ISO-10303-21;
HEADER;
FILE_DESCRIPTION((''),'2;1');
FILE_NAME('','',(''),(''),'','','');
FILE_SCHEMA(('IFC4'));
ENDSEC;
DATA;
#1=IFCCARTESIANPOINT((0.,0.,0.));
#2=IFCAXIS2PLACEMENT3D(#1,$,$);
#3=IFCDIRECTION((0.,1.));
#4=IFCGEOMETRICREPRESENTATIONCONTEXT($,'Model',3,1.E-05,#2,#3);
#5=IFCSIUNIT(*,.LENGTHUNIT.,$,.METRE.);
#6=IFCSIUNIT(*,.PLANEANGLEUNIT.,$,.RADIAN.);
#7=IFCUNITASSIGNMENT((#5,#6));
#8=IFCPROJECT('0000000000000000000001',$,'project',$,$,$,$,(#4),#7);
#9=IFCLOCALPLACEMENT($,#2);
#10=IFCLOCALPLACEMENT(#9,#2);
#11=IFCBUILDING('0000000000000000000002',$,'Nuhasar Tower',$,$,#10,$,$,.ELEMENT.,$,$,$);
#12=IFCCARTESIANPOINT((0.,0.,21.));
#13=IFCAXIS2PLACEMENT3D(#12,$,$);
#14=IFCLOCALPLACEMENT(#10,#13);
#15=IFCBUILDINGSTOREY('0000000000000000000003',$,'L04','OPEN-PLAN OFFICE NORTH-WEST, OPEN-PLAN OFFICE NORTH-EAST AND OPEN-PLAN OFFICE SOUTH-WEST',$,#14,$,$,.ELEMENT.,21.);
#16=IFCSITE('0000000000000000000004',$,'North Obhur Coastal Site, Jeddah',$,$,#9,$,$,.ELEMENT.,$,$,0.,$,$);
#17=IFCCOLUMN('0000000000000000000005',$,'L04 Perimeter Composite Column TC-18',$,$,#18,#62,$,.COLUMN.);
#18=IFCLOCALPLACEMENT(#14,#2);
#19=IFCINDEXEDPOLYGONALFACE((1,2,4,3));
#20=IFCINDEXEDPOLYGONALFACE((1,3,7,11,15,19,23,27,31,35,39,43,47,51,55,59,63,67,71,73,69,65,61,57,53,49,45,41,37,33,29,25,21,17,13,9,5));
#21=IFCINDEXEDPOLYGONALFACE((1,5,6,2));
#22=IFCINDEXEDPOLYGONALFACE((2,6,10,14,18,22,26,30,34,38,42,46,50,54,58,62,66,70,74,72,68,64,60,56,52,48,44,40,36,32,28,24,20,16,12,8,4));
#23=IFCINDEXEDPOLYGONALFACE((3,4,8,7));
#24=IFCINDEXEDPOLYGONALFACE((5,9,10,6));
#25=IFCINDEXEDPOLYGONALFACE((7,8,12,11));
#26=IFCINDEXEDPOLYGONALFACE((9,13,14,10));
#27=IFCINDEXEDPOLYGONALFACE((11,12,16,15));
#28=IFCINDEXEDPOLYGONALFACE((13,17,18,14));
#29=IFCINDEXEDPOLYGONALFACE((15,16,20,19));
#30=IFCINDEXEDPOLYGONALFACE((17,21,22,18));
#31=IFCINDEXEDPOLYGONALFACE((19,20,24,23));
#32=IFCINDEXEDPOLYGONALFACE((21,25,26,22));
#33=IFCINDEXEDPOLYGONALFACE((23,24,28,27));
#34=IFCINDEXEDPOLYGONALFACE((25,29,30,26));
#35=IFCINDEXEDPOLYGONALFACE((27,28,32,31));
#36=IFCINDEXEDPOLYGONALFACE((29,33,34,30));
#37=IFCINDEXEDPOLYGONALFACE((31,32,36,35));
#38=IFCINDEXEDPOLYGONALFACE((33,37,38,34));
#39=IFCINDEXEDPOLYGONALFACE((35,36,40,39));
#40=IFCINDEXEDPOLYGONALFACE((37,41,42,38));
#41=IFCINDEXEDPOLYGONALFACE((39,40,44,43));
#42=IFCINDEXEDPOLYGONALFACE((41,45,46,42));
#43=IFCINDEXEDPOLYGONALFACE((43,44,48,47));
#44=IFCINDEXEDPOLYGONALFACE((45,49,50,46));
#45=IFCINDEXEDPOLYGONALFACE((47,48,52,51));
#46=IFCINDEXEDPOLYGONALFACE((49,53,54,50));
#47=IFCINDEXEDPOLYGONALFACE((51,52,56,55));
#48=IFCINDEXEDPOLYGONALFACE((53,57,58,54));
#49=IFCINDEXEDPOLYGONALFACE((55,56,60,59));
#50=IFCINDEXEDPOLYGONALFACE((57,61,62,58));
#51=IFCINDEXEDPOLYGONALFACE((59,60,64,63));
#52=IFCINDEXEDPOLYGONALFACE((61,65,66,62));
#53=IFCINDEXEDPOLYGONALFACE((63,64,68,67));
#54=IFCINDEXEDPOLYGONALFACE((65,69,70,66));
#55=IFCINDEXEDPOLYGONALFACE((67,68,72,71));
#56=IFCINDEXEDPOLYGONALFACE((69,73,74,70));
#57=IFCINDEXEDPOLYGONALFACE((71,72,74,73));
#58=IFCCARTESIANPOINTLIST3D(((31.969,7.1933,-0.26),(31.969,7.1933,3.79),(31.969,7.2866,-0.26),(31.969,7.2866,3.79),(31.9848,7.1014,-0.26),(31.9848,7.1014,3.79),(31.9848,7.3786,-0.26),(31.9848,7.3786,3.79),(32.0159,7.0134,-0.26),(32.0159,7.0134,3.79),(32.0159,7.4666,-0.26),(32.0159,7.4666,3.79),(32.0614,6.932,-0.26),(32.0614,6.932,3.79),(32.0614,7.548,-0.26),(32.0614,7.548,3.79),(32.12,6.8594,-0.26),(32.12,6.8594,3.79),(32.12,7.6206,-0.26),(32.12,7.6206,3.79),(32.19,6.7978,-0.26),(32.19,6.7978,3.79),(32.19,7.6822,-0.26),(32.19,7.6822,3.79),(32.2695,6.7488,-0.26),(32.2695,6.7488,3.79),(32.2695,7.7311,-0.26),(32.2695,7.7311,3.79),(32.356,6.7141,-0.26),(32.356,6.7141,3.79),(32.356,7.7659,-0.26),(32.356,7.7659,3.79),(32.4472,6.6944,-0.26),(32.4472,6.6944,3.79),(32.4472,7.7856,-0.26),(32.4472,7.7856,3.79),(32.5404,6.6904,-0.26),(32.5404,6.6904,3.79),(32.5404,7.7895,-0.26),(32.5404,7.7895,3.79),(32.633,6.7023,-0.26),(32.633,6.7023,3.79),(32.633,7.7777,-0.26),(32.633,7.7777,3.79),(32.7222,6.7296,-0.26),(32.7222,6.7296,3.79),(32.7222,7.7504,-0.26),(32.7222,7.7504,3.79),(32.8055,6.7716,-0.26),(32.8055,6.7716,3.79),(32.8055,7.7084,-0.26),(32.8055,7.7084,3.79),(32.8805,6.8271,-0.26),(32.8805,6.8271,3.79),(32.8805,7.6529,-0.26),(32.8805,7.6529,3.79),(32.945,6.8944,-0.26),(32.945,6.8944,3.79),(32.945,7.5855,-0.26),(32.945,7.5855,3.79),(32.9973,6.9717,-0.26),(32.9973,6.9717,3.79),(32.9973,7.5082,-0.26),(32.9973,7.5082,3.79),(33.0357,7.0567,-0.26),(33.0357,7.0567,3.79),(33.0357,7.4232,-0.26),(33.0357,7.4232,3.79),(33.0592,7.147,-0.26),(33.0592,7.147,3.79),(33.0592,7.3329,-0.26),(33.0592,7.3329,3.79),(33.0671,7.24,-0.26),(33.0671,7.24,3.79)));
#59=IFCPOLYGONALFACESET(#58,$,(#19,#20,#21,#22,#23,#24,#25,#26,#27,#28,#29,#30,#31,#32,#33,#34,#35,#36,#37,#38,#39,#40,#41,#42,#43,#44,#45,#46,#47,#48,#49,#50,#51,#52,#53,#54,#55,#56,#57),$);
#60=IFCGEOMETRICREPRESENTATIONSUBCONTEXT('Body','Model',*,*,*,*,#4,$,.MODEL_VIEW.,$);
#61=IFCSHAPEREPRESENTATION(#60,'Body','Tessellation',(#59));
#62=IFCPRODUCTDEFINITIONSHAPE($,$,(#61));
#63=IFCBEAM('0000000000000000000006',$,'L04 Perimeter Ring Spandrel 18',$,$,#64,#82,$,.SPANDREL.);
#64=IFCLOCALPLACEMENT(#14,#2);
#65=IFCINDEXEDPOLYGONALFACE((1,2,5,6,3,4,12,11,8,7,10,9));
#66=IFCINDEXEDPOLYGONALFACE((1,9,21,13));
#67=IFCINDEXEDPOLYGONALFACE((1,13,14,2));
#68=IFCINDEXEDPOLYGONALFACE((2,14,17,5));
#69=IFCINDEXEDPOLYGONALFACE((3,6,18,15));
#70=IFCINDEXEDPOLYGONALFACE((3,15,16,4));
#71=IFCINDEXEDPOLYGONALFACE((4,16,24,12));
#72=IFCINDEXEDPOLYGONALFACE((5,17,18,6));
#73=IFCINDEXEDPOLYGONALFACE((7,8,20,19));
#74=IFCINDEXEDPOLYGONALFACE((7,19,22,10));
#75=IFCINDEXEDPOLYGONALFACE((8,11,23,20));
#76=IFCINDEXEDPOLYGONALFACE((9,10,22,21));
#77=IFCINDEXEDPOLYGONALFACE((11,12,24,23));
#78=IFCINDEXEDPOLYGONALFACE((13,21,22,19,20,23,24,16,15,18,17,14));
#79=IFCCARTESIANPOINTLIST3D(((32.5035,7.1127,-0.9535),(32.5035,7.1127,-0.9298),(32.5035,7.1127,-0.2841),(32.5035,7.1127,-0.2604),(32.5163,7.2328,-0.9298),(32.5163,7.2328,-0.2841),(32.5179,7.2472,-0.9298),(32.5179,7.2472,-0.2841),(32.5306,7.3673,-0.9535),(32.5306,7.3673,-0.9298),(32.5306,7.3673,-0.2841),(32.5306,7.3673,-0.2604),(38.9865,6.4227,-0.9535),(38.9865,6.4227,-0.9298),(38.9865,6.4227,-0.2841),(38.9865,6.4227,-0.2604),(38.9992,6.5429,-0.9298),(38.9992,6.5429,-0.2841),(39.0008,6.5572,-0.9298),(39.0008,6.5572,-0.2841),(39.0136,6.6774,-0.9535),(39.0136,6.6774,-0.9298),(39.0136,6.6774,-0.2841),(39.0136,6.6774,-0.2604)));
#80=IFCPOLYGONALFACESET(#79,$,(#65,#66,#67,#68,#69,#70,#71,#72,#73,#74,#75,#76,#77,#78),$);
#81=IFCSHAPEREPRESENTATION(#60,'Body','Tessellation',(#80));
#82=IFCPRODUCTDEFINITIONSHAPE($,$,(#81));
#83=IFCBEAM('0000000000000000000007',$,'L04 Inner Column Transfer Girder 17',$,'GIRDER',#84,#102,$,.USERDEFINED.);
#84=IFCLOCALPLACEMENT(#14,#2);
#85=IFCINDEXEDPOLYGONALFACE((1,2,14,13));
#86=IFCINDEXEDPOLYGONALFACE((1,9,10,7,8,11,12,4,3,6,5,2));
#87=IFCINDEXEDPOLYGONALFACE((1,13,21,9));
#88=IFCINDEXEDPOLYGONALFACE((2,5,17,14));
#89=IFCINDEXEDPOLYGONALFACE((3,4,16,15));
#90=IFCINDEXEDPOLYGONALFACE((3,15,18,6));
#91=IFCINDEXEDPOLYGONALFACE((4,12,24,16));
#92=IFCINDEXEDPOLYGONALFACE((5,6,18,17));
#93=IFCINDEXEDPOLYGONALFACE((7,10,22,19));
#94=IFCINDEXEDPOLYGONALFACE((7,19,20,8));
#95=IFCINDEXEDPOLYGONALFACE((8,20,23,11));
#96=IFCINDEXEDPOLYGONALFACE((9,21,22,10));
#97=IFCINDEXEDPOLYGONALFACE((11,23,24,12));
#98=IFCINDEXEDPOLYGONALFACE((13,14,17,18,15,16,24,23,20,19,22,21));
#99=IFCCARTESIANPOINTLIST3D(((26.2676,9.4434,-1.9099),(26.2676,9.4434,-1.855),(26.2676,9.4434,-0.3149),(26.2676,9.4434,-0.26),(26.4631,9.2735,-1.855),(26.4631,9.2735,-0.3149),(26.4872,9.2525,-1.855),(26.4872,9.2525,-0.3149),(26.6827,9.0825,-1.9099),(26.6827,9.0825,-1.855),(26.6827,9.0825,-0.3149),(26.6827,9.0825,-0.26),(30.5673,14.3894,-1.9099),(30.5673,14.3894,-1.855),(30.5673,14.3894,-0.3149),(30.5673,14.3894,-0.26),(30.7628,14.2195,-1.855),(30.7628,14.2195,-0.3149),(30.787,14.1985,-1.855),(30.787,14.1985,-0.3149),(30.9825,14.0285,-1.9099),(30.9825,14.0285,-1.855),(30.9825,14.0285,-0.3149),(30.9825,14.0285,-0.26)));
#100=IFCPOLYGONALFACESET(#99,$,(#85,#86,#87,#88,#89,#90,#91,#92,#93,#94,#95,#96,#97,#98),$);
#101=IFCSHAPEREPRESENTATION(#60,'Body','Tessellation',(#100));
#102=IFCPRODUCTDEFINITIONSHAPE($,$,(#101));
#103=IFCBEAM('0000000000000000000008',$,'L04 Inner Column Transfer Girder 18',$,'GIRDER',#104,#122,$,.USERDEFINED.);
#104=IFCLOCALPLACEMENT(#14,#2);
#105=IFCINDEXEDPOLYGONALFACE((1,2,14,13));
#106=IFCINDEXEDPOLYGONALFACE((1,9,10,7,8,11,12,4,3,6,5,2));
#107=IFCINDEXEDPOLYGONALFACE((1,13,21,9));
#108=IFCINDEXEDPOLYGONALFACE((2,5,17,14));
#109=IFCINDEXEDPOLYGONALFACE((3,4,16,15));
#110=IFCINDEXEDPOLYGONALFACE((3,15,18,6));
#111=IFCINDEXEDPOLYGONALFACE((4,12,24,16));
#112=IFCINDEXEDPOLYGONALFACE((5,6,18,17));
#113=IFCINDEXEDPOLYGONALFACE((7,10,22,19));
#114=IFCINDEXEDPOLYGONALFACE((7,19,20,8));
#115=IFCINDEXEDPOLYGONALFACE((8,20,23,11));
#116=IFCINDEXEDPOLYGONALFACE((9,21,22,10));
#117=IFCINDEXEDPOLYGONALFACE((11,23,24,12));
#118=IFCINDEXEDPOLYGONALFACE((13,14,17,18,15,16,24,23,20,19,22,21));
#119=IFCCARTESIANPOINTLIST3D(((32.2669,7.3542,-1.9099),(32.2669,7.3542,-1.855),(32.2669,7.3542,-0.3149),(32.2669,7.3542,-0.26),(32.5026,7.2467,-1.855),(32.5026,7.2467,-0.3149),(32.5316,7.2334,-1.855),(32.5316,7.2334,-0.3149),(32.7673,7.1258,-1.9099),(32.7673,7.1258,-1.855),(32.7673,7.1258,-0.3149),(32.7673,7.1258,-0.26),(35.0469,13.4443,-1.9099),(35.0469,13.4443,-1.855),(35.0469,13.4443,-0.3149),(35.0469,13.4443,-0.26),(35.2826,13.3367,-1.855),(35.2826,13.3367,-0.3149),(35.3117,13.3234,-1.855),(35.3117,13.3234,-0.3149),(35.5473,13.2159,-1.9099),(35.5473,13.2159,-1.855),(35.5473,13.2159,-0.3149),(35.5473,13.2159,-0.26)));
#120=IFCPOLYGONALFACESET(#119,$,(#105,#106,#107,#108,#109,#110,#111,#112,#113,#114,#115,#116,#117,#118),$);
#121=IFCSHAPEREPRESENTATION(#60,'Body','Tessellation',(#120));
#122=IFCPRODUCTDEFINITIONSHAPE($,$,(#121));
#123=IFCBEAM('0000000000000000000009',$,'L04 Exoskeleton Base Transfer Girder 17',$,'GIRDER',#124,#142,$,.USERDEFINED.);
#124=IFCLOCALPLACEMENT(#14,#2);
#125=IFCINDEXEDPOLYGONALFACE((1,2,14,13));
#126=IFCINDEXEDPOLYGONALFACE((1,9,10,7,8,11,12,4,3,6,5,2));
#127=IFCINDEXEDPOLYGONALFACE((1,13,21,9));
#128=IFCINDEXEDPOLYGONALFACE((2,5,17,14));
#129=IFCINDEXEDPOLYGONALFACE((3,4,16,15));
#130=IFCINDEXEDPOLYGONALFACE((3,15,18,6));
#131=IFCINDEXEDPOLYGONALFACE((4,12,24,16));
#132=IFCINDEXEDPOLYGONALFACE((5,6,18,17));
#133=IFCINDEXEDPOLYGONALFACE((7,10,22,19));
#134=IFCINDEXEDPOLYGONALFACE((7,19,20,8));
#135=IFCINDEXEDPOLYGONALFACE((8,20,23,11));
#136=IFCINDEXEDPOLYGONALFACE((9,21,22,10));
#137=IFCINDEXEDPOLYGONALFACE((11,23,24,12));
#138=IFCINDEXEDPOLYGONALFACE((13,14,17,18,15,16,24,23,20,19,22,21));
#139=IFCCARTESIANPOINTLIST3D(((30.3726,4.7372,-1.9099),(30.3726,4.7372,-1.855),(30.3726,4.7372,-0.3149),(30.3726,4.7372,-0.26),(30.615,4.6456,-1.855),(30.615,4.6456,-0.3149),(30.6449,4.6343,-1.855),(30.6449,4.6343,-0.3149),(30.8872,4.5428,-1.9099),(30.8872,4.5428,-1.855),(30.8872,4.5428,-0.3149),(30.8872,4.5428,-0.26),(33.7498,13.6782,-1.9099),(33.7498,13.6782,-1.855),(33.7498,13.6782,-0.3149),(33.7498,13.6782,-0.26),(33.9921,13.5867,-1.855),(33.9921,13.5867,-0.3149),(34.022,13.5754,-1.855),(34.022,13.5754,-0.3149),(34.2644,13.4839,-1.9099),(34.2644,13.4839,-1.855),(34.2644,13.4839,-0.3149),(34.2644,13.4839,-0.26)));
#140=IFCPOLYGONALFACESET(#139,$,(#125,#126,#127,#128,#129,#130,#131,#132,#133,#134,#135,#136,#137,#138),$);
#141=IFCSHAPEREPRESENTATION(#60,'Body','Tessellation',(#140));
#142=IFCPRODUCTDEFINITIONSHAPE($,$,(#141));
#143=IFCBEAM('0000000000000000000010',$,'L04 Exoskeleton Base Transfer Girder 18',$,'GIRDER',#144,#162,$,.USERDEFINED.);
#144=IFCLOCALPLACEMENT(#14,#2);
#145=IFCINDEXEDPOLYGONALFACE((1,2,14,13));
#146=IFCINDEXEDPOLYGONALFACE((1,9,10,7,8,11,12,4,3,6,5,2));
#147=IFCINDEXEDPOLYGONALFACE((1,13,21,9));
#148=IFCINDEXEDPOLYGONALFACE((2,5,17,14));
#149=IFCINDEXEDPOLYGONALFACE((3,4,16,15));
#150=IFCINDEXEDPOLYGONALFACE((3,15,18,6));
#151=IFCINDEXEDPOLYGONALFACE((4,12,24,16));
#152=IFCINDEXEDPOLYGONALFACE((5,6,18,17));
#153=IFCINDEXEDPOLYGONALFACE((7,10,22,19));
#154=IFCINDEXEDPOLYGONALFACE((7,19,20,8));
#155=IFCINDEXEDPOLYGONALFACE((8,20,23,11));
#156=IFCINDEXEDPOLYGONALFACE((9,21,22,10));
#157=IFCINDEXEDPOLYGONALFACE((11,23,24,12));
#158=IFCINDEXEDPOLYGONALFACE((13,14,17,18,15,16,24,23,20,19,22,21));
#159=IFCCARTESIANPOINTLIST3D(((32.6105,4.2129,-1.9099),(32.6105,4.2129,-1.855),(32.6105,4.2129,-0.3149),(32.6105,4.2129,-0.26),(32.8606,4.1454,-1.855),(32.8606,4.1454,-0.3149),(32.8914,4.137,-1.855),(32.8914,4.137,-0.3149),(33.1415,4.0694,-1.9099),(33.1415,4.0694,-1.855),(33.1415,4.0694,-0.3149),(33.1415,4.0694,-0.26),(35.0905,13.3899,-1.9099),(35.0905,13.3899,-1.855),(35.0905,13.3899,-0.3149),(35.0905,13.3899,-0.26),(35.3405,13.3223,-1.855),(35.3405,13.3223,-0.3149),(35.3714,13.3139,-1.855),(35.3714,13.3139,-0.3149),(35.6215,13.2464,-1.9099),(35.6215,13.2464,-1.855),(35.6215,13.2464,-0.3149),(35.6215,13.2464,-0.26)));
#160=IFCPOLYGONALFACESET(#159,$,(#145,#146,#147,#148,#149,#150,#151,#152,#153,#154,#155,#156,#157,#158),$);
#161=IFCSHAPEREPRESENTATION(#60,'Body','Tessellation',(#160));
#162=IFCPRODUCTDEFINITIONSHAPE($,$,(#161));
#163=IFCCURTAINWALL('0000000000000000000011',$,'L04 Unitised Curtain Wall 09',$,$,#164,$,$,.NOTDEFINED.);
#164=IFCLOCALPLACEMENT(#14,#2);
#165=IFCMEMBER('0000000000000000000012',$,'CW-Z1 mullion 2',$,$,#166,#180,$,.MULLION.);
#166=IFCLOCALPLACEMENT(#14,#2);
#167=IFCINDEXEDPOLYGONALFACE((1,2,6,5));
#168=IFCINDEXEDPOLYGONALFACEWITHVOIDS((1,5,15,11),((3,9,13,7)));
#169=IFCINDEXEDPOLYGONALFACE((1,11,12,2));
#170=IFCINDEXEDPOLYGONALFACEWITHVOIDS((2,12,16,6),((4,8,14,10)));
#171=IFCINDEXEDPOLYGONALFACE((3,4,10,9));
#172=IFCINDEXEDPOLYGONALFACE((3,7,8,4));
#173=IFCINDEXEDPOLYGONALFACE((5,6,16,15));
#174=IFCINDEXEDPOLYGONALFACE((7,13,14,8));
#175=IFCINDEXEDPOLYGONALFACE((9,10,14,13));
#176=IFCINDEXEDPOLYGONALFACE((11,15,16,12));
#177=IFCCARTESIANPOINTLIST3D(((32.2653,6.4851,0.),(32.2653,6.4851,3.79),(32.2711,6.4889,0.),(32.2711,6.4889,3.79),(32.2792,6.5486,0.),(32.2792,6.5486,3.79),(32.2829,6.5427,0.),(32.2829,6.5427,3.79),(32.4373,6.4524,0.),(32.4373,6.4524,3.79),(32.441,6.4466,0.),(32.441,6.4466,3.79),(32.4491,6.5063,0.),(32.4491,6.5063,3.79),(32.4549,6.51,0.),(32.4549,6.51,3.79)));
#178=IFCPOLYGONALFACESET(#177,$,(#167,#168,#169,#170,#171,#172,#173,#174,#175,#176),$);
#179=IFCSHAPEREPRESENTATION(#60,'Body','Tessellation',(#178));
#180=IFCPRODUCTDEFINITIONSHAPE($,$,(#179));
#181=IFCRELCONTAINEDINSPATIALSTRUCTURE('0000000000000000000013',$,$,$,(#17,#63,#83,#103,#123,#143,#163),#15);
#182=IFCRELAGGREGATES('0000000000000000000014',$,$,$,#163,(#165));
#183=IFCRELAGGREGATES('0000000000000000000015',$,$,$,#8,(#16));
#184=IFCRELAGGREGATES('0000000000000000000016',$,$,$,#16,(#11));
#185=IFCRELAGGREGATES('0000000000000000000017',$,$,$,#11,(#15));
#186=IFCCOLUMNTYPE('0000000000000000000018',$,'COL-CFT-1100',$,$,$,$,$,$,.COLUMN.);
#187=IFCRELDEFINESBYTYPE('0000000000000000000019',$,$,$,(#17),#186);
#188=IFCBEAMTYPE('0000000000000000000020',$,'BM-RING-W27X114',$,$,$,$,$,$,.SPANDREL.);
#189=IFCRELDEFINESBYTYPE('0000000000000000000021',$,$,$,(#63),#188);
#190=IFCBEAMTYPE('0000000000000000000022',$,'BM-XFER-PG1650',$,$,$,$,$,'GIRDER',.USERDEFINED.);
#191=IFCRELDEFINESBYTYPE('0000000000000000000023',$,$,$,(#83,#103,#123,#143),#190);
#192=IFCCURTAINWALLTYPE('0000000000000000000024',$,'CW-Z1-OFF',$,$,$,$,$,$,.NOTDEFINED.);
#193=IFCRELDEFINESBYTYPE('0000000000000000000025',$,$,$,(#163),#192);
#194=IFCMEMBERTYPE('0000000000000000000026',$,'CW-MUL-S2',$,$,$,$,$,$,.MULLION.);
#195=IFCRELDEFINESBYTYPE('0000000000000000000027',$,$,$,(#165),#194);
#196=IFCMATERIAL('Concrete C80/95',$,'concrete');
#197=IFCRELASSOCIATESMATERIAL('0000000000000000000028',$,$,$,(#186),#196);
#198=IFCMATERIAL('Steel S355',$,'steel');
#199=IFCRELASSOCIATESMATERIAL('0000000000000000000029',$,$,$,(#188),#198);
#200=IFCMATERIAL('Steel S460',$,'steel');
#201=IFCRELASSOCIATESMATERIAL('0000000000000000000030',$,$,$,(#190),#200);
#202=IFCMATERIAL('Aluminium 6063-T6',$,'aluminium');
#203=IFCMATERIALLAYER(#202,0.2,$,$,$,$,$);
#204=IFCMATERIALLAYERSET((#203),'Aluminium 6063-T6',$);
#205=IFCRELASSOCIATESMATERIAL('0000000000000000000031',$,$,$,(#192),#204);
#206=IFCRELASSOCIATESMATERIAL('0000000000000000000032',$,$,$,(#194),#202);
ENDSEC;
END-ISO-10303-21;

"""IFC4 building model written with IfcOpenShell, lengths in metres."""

from ifc_helpers import new_model, si_unit, direction, frame, origin, origin_2d, place, context, subcontext, project, spatial, hollow_rectangle, circle, i_section, extrude, material, layer, layer_set, material_profile, profile_set, type_object, element, aggregate, save


model = new_model("IFC4")

# Units and contexts
model_context = context("Model", 3, precision=1e-05, world=origin(), true_north=direction((0.0, 1.0)))
body_context = subcontext(model_context, "Body", "Model", "MODEL_VIEW")
ifc_project = project(units=[si_unit("LENGTHUNIT", "METRE"), si_unit("PLANEANGLEUNIT", "RADIAN")], contexts=[model_context])

# Site, building, storey
site_placement = place(None, origin())
site = spatial("IfcSite", under=ifc_project, at=site_placement, Name="North Obhur Coastal Site, Jeddah", CompositionType="ELEMENT", RefElevation=0.0)
building_placement = place(site_placement, origin())
building = spatial("IfcBuilding", under=site, at=building_placement, Name="Nuhasar Tower", CompositionType="ELEMENT")
storey_placement = place(building_placement, frame((0.0, 0.0, 21.0)))
storey = spatial("IfcBuildingStorey", under=building, at=storey_placement, Name="L04", Description="OPEN-PLAN OFFICE NORTH-WEST, OPEN-PLAN OFFICE NORTH-EAST AND OPEN-PLAN OFFICE SOUTH-WEST", CompositionType="ELEMENT", Elevation=21.0)

# Column
ifc_material_1 = material(Name="Concrete C80/95", Category="concrete")
ifc_material_profile_1 = material_profile(ifc_material_1, circle(Radius=0.55, at=origin_2d()), Name="CFT1100")
ifc_profile_set_1 = profile_set([ifc_material_profile_1], Name="Concrete C80/95")
column_type = type_object("IfcColumnType", Name="COL-CFT-1100", PredefinedType="COLUMN", material=ifc_profile_set_1)
column_placement = place(storey_placement, frame((32.5171, 7.24, -0.26), z_axis=(0.0, 0.0, 1.0), x_axis=(1.0, 0.0, 0.0)))
element("IfcColumn", 1, at=column_placement, inside=storey, type_object=column_type, Name="L04 Perimeter Composite Column TC-18", PredefinedType="COLUMN", context=body_context, shape_type="SweptSolid", body=[
    extrude(circle(Radius=0.55, at=origin_2d()), origin(), (0.0, 0.0, 1.0), 4.05),
])

# Beams
ifc_material_2 = material(Name="Steel S355", Category="steel")
ifc_material_profile_2 = material_profile(ifc_material_2, i_section(OverallWidth=0.2561, OverallDepth=0.6931, WebThickness=0.0144, FlangeThickness=0.0237, at=origin_2d()), Name="W27X114")
ifc_profile_set_2 = profile_set([ifc_material_profile_2], Name="Steel S355")
beam_type_1 = type_object("IfcBeamType", Name="BM-RING-W27X114", PredefinedType="SPANDREL", material=ifc_profile_set_2)
beam_1_placement = place(storey_placement, frame((32.5171, 7.24, -0.6069), z_axis=(0.994385, -0.105827, 0.0), x_axis=(0.105827, 0.994385, 0.0)))
element("IfcBeam", 2, at=beam_1_placement, inside=storey, type_object=beam_type_1, Name="L04 Perimeter Ring Spandrel 18", PredefinedType="SPANDREL", context=body_context, shape_type="SweptSolid", body=[
    extrude(i_section(OverallWidth=0.2561, OverallDepth=0.6931, WebThickness=0.0144, FlangeThickness=0.0237, at=origin_2d()), origin(), (0.0, 0.0, 1.0), 6.5195),
])
ifc_material_3 = material(Name="Steel S460", Category="steel")
ifc_material_profile_3 = material_profile(ifc_material_3, i_section(OverallWidth=0.55, OverallDepth=1.6499, WebThickness=0.032, FlangeThickness=0.0549, at=origin_2d()), Name="PG1650X550")
ifc_profile_set_3 = profile_set([ifc_material_profile_3], Name="Steel S460")
beam_type_2 = type_object("IfcBeamType", Name="BM-XFER-PG1650", ElementType="GIRDER", PredefinedType="USERDEFINED", material=ifc_profile_set_3)
beam_2_placement = place(storey_placement, frame((30.7749, 14.209, -1.085), z_axis=(-0.656083, -0.754689, 0.0), x_axis=(0.754689, -0.656083, 0.0)))
element("IfcBeam", 3, at=beam_2_placement, inside=storey, type_object=beam_type_2, Name="L04 Inner Column Transfer Girder 17", ObjectType="GIRDER", PredefinedType="USERDEFINED", context=body_context, shape_type="SweptSolid", body=[
    extrude(i_section(OverallWidth=0.55, OverallDepth=1.6499, WebThickness=0.032, FlangeThickness=0.0549, at=origin_2d()), origin(), (0.0, 0.0, 1.0), 6.5537),
])
beam_3_placement = place(storey_placement, frame((35.2971, 13.3301, -1.085), z_axis=(-0.415264, -0.909701, 0.0), x_axis=(0.909701, -0.415264, 0.0)))
element("IfcBeam", 4, at=beam_3_placement, inside=storey, type_object=beam_type_2, Name="L04 Inner Column Transfer Girder 18", ObjectType="GIRDER", PredefinedType="USERDEFINED", context=body_context, shape_type="SweptSolid", body=[
    extrude(i_section(OverallWidth=0.55, OverallDepth=1.6499, WebThickness=0.032, FlangeThickness=0.0549, at=origin_2d()), origin(), (0.0, 0.0, 1.0), 6.6946),
])
beam_4_placement = place(storey_placement, frame((34.0071, 13.5811, -1.085), z_axis=(-0.353348, -0.935492, 0.0), x_axis=(0.935492, -0.353348, 0.0)))
element("IfcBeam", 5, at=beam_4_placement, inside=storey, type_object=beam_type_2, Name="L04 Exoskeleton Base Transfer Girder 17", ObjectType="GIRDER", PredefinedType="USERDEFINED", context=body_context, shape_type="SweptSolid", body=[
    extrude(i_section(OverallWidth=0.55, OverallDepth=1.6499, WebThickness=0.032, FlangeThickness=0.0549, at=origin_2d()), origin(), (0.0, 0.0, 1.0), 9.5576),
])
beam_5_placement = place(storey_placement, frame((35.356, 13.3181, -1.085), z_axis=(-0.260881, -0.965371, 0.0), x_axis=(0.965371, -0.260881, 0.0)))
element("IfcBeam", 6, at=beam_5_placement, inside=storey, type_object=beam_type_2, Name="L04 Exoskeleton Base Transfer Girder 18", ObjectType="GIRDER", PredefinedType="USERDEFINED", context=body_context, shape_type="SweptSolid", body=[
    extrude(i_section(OverallWidth=0.55, OverallDepth=1.6499, WebThickness=0.032, FlangeThickness=0.0549, at=origin_2d()), origin(), (0.0, 0.0, 1.0), 9.5061),
])

# Curtain wall, member
ifc_material_4 = material(Name="Aluminium 6063-T6", Category="aluminium")
ifc_layer_1 = layer(ifc_material_4, 0.2)
ifc_layer_set_1 = layer_set([ifc_layer_1], Name="Aluminium 6063-T6")
curtain_wall_type = type_object("IfcCurtainWallType", Name="CW-Z1-OFF", PredefinedType="NOTDEFINED", material=ifc_layer_set_1)
curtain_wall_placement = place(storey_placement, origin())
curtain_wall = element("IfcCurtainWall", 7, at=curtain_wall_placement, inside=storey, type_object=curtain_wall_type, Name="L04 Unitised Curtain Wall 09", PredefinedType="NOTDEFINED")
ifc_material_profile_4 = material_profile(ifc_material_4, hollow_rectangle(XDim=0.0649, YDim=0.1799, WallThickness=0.0049, at=origin_2d()), Name="CWM-2")
ifc_profile_set_4 = profile_set([ifc_material_profile_4], Name="Aluminium 6063-T6")
member_type_1 = type_object("IfcMemberType", Name="CW-MUL-S2", PredefinedType="MULLION", material=ifc_profile_set_4)
member_1_placement = place(storey_placement, frame((32.3601, 6.4976, 0.0), z_axis=(0.0, 0.0, 1.0), x_axis=(0.214399, 0.976746, 0.0)))
member_1 = element("IfcMember", 8, at=member_1_placement, type_object=member_type_1, Name="CW-Z1 mullion 2", PredefinedType="MULLION", context=body_context, shape_type="SweptSolid", body=[
    extrude(hollow_rectangle(XDim=0.0649, YDim=0.1799, WallThickness=0.0049, at=origin_2d()), origin(), (0.0, 0.0, 1.0), 3.79),
])

aggregate(curtain_wall, [member_1])

save(model, "model.ifc")
